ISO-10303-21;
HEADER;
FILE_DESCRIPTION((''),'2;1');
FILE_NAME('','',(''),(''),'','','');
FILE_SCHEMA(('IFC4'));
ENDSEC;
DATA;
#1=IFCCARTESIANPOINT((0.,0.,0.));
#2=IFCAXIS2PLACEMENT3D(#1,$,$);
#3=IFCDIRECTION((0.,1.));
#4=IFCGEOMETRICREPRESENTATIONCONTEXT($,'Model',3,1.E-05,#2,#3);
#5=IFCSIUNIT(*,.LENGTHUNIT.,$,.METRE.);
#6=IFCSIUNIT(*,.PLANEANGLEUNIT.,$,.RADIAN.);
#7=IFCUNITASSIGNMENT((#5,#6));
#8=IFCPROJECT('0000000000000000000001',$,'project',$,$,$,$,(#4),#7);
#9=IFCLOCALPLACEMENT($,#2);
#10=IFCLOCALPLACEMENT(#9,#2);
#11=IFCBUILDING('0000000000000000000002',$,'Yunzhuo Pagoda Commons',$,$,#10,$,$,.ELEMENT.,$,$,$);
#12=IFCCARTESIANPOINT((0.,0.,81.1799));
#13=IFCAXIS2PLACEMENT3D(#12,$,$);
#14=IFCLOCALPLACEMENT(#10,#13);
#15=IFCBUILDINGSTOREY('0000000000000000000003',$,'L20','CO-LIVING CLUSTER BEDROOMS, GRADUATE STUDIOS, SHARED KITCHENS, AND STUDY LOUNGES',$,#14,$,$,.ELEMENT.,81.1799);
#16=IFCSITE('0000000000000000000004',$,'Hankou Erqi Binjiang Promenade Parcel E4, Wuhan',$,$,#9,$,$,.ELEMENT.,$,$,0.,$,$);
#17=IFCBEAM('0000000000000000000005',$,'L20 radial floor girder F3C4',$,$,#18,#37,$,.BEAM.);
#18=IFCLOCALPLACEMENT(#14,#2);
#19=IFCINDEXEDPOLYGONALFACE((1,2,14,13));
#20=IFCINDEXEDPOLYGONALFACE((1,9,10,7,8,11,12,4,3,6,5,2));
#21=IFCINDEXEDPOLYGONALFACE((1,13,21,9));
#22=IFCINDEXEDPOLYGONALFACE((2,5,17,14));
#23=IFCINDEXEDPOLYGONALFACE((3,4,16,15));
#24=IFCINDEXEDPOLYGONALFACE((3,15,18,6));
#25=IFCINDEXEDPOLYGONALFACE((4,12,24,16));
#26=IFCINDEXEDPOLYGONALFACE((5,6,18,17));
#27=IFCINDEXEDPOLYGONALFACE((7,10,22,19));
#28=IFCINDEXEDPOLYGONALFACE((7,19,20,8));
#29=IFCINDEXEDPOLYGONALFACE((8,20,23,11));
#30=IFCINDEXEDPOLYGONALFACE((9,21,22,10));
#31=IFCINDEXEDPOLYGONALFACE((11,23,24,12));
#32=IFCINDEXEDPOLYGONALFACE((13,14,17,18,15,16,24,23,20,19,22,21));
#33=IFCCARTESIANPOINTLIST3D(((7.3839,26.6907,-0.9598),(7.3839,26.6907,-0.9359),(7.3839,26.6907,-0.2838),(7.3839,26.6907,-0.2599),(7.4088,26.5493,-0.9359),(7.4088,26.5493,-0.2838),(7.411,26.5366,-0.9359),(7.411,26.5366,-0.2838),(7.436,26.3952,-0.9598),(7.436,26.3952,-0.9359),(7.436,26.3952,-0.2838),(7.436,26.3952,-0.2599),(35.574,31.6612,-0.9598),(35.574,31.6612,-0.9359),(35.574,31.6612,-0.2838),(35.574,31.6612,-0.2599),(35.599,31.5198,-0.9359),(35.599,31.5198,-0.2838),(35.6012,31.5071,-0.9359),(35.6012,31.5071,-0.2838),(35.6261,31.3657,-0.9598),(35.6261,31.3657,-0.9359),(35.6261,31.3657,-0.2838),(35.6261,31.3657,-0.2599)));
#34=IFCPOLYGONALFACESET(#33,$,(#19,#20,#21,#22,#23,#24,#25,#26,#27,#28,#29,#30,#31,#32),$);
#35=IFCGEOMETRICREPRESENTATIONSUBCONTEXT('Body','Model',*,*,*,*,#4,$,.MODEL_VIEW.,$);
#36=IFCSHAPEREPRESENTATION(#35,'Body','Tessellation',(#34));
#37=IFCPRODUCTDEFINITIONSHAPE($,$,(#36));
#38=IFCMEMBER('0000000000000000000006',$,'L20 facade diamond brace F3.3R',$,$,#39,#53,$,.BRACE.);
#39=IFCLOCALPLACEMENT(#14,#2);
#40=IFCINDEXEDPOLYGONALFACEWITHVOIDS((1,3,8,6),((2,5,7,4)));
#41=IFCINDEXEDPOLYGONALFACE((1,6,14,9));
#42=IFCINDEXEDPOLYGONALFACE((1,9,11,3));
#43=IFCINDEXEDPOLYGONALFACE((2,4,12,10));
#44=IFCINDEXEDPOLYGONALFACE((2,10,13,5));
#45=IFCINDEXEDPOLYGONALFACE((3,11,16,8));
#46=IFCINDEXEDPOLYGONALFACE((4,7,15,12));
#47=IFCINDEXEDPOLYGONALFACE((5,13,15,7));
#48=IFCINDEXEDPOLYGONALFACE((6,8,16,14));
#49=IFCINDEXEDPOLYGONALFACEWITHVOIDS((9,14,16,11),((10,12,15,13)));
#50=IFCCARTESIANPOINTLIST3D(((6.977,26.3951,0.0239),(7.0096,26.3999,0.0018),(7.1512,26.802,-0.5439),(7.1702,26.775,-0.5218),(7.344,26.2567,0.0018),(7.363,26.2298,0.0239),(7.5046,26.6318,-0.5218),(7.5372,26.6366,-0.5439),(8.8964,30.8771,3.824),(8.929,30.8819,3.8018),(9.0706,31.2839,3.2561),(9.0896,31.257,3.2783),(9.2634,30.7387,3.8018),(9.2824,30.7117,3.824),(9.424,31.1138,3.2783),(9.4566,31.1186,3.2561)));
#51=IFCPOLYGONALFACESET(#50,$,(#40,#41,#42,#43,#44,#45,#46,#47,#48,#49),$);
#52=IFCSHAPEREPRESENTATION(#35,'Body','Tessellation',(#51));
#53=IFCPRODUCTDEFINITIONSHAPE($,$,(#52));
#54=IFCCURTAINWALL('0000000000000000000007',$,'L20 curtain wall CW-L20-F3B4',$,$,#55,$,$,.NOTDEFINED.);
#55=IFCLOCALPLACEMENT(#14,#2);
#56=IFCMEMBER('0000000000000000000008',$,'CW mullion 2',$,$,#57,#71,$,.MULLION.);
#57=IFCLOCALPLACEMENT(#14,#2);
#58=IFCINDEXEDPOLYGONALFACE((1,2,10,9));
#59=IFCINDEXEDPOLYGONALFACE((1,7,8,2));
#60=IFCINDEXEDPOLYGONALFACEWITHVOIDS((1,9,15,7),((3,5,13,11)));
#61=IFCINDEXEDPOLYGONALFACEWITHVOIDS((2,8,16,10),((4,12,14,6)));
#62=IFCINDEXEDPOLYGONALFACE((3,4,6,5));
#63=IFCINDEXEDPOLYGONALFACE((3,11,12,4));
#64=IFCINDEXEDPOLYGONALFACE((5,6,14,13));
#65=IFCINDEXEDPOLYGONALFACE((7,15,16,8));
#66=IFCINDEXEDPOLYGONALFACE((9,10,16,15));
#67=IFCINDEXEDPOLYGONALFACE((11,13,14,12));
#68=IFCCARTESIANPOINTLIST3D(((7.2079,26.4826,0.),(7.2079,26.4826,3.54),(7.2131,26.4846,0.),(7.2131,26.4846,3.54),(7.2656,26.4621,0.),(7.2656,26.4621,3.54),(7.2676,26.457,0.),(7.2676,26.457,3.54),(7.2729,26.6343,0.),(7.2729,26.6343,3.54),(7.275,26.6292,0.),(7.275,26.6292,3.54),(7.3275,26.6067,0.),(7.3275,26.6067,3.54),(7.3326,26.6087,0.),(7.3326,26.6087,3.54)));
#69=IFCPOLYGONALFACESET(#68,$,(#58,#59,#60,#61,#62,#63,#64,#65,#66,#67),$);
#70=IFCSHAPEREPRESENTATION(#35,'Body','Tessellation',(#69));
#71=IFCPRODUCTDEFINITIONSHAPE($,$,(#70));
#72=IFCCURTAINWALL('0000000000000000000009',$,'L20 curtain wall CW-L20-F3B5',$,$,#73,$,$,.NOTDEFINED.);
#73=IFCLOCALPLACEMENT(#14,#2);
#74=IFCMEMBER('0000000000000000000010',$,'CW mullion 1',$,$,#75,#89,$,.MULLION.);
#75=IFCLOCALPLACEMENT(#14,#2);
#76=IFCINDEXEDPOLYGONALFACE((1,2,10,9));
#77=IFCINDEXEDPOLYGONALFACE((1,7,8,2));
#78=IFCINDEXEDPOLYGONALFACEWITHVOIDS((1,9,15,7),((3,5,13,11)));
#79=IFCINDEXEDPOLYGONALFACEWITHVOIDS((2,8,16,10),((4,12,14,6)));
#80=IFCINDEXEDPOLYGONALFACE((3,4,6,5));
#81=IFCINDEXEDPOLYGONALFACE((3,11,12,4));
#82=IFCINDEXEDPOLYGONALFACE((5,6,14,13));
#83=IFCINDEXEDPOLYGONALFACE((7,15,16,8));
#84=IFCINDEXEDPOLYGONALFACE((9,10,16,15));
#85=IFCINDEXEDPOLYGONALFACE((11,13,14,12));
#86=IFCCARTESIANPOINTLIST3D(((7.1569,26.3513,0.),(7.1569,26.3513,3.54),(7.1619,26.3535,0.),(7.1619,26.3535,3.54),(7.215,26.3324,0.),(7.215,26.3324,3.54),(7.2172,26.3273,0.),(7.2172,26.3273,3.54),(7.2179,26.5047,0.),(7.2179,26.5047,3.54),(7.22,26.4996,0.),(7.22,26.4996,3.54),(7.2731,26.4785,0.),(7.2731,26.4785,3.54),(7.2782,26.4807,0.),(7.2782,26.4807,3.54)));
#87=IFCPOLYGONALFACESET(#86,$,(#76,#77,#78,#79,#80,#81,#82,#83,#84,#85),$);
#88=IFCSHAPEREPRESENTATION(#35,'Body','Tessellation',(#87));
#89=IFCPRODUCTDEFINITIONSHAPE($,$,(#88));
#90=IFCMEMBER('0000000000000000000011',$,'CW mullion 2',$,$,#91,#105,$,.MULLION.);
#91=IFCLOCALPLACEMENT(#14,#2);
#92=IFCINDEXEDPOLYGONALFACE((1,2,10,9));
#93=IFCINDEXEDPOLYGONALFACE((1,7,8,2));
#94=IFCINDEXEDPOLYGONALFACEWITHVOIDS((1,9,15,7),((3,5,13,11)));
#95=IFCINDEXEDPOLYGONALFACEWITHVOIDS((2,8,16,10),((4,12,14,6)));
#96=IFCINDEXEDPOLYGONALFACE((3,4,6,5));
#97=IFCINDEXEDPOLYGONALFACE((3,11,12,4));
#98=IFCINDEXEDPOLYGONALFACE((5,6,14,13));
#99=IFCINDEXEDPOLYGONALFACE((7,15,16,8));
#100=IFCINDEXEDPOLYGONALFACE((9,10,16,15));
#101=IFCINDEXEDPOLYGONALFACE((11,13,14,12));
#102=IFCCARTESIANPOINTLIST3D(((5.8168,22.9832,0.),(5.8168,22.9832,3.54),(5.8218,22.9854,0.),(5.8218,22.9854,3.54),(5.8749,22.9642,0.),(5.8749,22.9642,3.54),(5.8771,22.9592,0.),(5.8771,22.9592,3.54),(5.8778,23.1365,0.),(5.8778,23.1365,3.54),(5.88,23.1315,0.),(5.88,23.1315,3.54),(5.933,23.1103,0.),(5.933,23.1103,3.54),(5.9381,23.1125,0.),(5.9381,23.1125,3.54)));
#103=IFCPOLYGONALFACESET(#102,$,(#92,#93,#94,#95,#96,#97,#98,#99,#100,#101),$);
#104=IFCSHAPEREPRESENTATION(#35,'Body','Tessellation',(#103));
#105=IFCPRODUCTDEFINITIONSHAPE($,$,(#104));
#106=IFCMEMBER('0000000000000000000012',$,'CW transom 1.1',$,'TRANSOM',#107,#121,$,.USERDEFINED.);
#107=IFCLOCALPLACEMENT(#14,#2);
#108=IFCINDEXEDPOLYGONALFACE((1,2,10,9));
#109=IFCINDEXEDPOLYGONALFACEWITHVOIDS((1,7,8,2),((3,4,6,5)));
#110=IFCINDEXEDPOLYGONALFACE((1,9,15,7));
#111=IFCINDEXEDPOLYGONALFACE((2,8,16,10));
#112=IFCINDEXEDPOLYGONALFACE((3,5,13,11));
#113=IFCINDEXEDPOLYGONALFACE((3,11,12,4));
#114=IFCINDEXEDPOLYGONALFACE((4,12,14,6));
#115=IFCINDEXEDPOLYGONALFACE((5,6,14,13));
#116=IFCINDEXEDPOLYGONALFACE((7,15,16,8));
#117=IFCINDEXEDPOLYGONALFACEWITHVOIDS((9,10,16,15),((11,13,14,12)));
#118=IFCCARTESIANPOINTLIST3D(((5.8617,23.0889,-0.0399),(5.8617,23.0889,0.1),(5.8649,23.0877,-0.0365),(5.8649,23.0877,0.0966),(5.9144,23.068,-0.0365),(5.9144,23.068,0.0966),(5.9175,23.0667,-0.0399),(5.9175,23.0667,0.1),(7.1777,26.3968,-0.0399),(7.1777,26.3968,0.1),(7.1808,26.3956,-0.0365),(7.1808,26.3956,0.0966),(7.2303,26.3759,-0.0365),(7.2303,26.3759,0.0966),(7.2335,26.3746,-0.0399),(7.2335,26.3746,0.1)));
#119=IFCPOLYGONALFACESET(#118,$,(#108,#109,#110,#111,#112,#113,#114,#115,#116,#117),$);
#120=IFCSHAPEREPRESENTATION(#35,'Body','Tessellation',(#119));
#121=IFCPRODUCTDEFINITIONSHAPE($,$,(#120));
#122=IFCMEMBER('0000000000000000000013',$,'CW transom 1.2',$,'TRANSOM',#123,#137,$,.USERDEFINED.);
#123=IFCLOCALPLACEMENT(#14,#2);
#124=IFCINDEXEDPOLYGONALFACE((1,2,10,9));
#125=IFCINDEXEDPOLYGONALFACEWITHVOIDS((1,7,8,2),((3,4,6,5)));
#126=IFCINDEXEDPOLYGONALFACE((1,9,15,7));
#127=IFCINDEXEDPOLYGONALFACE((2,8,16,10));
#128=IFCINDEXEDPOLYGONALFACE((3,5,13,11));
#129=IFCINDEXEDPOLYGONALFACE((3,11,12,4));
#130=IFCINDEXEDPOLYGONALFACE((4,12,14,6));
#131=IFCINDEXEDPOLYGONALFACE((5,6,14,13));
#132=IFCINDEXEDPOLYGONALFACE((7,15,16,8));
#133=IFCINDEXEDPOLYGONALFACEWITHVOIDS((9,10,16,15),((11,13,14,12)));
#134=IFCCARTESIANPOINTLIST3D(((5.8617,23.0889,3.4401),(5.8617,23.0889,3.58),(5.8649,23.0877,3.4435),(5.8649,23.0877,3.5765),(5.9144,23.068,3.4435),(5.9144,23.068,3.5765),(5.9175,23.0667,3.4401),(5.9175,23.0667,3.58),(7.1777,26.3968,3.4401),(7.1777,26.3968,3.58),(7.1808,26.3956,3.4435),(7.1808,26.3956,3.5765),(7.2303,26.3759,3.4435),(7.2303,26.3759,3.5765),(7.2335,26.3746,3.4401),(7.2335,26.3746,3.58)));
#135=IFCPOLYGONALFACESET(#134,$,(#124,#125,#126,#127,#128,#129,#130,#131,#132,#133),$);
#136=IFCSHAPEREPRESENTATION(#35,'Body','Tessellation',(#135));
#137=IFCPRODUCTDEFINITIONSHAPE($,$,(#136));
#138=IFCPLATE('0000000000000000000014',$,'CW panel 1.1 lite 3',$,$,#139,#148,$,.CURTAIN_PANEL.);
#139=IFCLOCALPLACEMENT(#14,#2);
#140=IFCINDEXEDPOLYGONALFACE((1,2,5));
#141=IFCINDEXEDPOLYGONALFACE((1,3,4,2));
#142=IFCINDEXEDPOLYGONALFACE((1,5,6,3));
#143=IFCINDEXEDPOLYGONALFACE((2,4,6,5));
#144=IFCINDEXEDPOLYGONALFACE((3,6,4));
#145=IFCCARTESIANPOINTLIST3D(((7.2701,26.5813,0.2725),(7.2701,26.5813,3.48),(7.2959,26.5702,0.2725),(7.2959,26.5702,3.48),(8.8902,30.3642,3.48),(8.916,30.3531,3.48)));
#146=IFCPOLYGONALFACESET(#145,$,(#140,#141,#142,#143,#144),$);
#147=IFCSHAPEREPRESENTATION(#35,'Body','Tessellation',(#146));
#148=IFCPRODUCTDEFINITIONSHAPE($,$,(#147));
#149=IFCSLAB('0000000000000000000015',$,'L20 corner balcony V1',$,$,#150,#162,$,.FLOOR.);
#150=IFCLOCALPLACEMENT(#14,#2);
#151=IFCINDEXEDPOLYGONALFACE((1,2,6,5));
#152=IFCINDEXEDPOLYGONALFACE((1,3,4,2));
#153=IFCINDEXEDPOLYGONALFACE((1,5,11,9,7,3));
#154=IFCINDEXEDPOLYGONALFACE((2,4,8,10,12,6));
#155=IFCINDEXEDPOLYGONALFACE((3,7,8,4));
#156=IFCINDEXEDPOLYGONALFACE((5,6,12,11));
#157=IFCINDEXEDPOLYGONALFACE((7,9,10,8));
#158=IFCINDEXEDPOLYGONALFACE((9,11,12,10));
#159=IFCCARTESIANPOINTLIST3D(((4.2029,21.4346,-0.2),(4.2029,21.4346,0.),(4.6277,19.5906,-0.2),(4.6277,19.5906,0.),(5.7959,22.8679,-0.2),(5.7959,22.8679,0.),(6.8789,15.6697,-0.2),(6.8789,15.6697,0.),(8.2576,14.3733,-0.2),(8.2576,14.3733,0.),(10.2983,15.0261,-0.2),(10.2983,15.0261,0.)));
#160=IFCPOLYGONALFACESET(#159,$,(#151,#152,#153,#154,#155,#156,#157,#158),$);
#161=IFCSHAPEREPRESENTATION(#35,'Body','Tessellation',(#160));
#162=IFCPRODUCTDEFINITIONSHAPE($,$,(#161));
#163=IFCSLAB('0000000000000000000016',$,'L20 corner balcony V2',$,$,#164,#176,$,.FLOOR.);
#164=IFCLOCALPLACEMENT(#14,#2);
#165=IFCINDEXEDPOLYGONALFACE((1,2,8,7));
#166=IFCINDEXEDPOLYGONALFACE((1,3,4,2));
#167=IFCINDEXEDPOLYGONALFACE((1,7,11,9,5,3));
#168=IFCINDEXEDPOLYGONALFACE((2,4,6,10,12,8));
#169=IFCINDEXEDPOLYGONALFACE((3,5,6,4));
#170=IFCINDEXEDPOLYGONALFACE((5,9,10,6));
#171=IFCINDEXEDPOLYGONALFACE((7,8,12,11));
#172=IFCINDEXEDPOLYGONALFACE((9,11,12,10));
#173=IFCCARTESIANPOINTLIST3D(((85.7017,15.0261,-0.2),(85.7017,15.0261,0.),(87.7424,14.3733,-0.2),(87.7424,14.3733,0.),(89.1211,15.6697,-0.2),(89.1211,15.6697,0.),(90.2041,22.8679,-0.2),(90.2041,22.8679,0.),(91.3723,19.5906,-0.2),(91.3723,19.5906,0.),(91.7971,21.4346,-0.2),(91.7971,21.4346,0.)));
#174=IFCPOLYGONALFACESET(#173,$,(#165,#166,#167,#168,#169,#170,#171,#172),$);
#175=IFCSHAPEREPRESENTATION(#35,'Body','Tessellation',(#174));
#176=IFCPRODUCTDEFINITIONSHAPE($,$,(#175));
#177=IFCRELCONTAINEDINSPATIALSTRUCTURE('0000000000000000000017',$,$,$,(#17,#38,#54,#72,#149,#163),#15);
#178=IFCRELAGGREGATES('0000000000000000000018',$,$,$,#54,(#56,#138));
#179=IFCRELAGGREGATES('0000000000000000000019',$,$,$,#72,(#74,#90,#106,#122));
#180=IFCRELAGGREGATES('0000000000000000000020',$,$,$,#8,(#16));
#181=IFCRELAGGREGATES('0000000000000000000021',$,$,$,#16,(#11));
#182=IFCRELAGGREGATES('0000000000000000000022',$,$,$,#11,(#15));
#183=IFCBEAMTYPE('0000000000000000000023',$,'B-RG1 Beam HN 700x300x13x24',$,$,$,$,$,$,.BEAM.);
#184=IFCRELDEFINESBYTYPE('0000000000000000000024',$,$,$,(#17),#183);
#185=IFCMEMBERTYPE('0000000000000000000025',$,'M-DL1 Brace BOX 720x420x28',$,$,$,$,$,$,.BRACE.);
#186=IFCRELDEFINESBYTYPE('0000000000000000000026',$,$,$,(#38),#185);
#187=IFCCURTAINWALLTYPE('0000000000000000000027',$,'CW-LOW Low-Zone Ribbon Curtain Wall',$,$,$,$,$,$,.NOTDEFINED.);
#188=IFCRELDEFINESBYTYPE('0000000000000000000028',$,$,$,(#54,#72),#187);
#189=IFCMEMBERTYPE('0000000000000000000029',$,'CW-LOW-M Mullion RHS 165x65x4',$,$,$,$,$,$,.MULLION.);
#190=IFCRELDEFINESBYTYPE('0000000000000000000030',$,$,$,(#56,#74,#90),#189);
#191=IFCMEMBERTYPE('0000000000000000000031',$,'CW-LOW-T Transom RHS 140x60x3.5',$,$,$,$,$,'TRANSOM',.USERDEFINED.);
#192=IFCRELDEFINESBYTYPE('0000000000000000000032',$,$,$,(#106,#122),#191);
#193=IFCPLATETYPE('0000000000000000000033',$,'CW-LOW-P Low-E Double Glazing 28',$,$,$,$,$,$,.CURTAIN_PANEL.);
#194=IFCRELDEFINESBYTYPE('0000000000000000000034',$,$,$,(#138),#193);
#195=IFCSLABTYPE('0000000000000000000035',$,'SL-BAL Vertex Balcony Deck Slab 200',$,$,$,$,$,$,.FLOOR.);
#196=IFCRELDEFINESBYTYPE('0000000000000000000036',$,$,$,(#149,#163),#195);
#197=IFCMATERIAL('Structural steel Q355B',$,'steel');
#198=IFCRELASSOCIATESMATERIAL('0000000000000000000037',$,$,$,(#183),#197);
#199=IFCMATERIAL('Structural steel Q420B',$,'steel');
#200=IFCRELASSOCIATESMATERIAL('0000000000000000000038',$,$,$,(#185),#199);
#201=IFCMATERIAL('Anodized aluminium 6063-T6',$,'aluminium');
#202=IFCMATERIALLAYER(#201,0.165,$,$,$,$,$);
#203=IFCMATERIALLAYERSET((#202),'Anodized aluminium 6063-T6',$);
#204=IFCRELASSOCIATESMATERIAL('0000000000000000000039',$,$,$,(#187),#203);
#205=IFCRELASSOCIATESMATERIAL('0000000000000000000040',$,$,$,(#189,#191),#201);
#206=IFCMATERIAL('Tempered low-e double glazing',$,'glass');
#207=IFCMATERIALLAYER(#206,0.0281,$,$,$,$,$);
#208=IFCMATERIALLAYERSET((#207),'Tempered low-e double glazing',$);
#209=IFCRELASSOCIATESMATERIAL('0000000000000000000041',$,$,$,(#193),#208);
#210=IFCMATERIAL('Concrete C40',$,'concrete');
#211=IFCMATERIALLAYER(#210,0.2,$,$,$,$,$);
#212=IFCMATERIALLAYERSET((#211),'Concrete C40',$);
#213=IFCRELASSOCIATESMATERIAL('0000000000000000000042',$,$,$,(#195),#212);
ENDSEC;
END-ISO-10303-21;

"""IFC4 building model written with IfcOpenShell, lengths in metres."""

from ifc_helpers import new_model, si_unit, direction, frame, origin, origin_2d, place, context, subcontext, project, spatial, polyline, hollow_rectangle, i_section, outline, extrude, source, transform, mapped, material, layer, layer_set, material_profile, profile_set, type_object, element, aggregate, save


model = new_model("IFC4")

# Units and contexts
model_context = context("Model", 3, precision=1e-05, world=origin(), true_north=direction((0.0, 1.0)))
body_context = subcontext(model_context, "Body", "Model", "MODEL_VIEW")
ifc_project = project(units=[si_unit("LENGTHUNIT", "METRE"), si_unit("PLANEANGLEUNIT", "RADIAN")], contexts=[model_context])

# Site, building, storey
site_placement = place(None, origin())
site = spatial("IfcSite", under=ifc_project, at=site_placement, Name="Hankou Erqi Binjiang Promenade Parcel E4, Wuhan", CompositionType="ELEMENT", RefElevation=0.0)
building_placement = place(site_placement, origin())
building = spatial("IfcBuilding", under=site, at=building_placement, Name="Yunzhuo Pagoda Commons", CompositionType="ELEMENT")
storey_placement = place(building_placement, frame((0.0, 0.0, 81.1799)))
storey = spatial("IfcBuildingStorey", under=building, at=storey_placement, Name="L20", Description="CO-LIVING CLUSTER BEDROOMS, GRADUATE STUDIOS, SHARED KITCHENS, AND STUDY LOUNGES", CompositionType="ELEMENT", Elevation=81.1799)

# Beam
ifc_material_1 = material(Name="Structural steel Q355B", Category="steel")
ifc_material_profile_1 = material_profile(ifc_material_1, i_section(OverallWidth=0.3, OverallDepth=0.7, WebThickness=0.0129, FlangeThickness=0.0239, at=origin_2d()), Name="Structural steel Q355B")
ifc_profile_set_1 = profile_set([ifc_material_profile_1], Name="Structural steel Q355B")
beam_type = type_object("IfcBeamType", Name="B-RG1 Beam HN 700x300x13x24", PredefinedType="BEAM", material=ifc_profile_set_1)
shared_shape_1 = source(origin(), body_context, "Body", "SweptSolid", [
    extrude(i_section(OverallWidth=0.3, OverallDepth=0.7, WebThickness=0.0129, FlangeThickness=0.0239, at=origin_2d()), origin(), (0.0, 0.0, 1.0), 28.625),
])
beam_placement = place(storey_placement, frame((7.4099, 26.543, -0.6099), z_axis=(0.984809, 0.17364, 0.0), x_axis=(-0.17364, 0.984809, 0.0)))
element("IfcBeam", 1, at=beam_placement, inside=storey, type_object=beam_type, Name="L20 radial floor girder F3C4", PredefinedType="BEAM", context=body_context, shape_type="MappedRepresentation", body=[
    mapped(shared_shape_1, transform((0.0, 0.0, 0.0), scale=1.0)),
])

# Member
ifc_material_2 = material(Name="Structural steel Q420B", Category="steel")
ifc_material_profile_2 = material_profile(ifc_material_2, hollow_rectangle(XDim=0.4199, YDim=0.72, WallThickness=0.0281, at=origin_2d()), Name="Structural steel Q420B")
ifc_profile_set_2 = profile_set([ifc_material_profile_2], Name="Structural steel Q420B")
member_type_1 = type_object("IfcMemberType", Name="M-DL1 Brace BOX 720x420x28", PredefinedType="BRACE", material=ifc_profile_set_2)
shared_shape_2 = source(origin(), body_context, "Body", "SweptSolid", [
    extrude(hollow_rectangle(XDim=0.4199, YDim=0.72, WallThickness=0.0281, at=origin_2d()), origin(), (0.0, 0.0, 1.0), 6.1816),
])
member_1_placement = place(storey_placement, frame((7.2571, 26.5159, -0.26), z_axis=(0.310507, 0.725043, 0.614734), x_axis=(-0.919249, 0.393678, 0.0)))
element("IfcMember", 2, at=member_1_placement, inside=storey, type_object=member_type_1, Name="L20 facade diamond brace F3.3R", PredefinedType="BRACE", context=body_context, shape_type="MappedRepresentation", body=[
    mapped(shared_shape_2, transform((0.0, 0.0, 0.0), scale=1.0)),
])

# Curtain wall, member
ifc_material_3 = material(Name="Anodized aluminium 6063-T6", Category="aluminium")
ifc_layer_1 = layer(ifc_material_3, 0.165)
ifc_layer_set_1 = layer_set([ifc_layer_1], Name="Anodized aluminium 6063-T6")
curtain_wall_type = type_object("IfcCurtainWallType", Name="CW-LOW Low-Zone Ribbon Curtain Wall", PredefinedType="NOTDEFINED", material=ifc_layer_set_1)
curtain_wall_1_placement = place(storey_placement, origin())
curtain_wall_1 = element("IfcCurtainWall", 3, at=curtain_wall_1_placement, inside=storey, type_object=curtain_wall_type, Name="L20 curtain wall CW-L20-F3B4", PredefinedType="NOTDEFINED")
ifc_material_profile_3 = material_profile(ifc_material_3, hollow_rectangle(XDim=0.0649, YDim=0.165, WallThickness=0.0039, at=origin_2d()), Name="Anodized aluminium 6063-T6")
ifc_profile_set_3 = profile_set([ifc_material_profile_3], Name="Anodized aluminium 6063-T6")
member_type_2 = type_object("IfcMemberType", Name="CW-LOW-M Mullion RHS 165x65x4", PredefinedType="MULLION", material=ifc_profile_set_3)
shared_shape_3 = source(origin(), body_context, "Body", "SweptSolid", [
    extrude(hollow_rectangle(XDim=0.0649, YDim=0.165, WallThickness=0.0039, at=origin_2d()), origin(), (0.0, 0.0, 1.0), 3.54),
])
member_2_placement = place(storey_placement, frame((7.2703, 26.5457, 0.0), z_axis=(0.0, 0.0, 1.0), x_axis=(0.91925, -0.393674, 0.0)))
member_2 = element("IfcMember", 4, at=member_2_placement, type_object=member_type_2, Name="CW mullion 2", PredefinedType="MULLION", context=body_context, shape_type="MappedRepresentation", body=[
    mapped(shared_shape_3, transform((0.0, 0.0, 0.0), scale=1.0)),
])

# Curtain wall, members
curtain_wall_2_placement = place(storey_placement, origin())
curtain_wall_2 = element("IfcCurtainWall", 5, at=curtain_wall_2_placement, inside=storey, type_object=curtain_wall_type, Name="L20 curtain wall CW-L20-F3B5", PredefinedType="NOTDEFINED")
member_3_placement = place(storey_placement, frame((7.2175, 26.416, 0.0), z_axis=(0.0, 0.0, 1.0), x_axis=(0.92917, -0.369652, 0.0)))
member_3 = element("IfcMember", 6, at=member_3_placement, type_object=member_type_2, Name="CW mullion 1", PredefinedType="MULLION", context=body_context, shape_type="MappedRepresentation", body=[
    mapped(shared_shape_3, transform((0.0, 0.0, 0.0), scale=1.0)),
])
member_4_placement = place(storey_placement, frame((5.8774, 23.0479, 0.0), z_axis=(0.0, 0.0, 1.0), x_axis=(0.92917, -0.369652, 0.0)))
member_4 = element("IfcMember", 7, at=member_4_placement, type_object=member_type_2, Name="CW mullion 2", PredefinedType="MULLION", context=body_context, shape_type="MappedRepresentation", body=[
    mapped(shared_shape_3, transform((0.0, 0.0, 0.0), scale=1.0)),
])
ifc_material_profile_4 = material_profile(ifc_material_3, hollow_rectangle(XDim=0.0601, YDim=0.1399, WallThickness=0.0034, at=origin_2d()), Name="Anodized aluminium 6063-T6")
ifc_profile_set_4 = profile_set([ifc_material_profile_4], Name="Anodized aluminium 6063-T6")
member_type_3 = type_object("IfcMemberType", Name="CW-LOW-T Transom RHS 140x60x3.5", ElementType="TRANSOM", PredefinedType="USERDEFINED", material=ifc_profile_set_4)
shared_shape_4 = source(origin(), body_context, "Body", "SweptSolid", [
    extrude(hollow_rectangle(XDim=0.0601, YDim=0.1399, WallThickness=0.0034, at=origin_2d()), origin(), (0.0, 0.0, 1.0), 3.5601),
])
member_5_placement = place(storey_placement, frame((7.2056, 26.3857, 0.03), z_axis=(-0.36964, -0.929175, 0.0), x_axis=(0.929175, -0.36964, 0.0)))
member_5 = element("IfcMember", 8, at=member_5_placement, type_object=member_type_3, Name="CW transom 1.1", ObjectType="TRANSOM", PredefinedType="USERDEFINED", context=body_context, shape_type="MappedRepresentation", body=[
    mapped(shared_shape_4, transform((0.0, 0.0, 0.0), scale=1.0)),
])
member_6_placement = place(storey_placement, frame((7.2056, 26.3857, 3.51), z_axis=(-0.36964, -0.929175, 0.0), x_axis=(0.929175, -0.36964, 0.0)))
member_6 = element("IfcMember", 9, at=member_6_placement, type_object=member_type_3, Name="CW transom 1.2", ObjectType="TRANSOM", PredefinedType="USERDEFINED", context=body_context, shape_type="MappedRepresentation", body=[
    mapped(shared_shape_4, transform((0.0, 0.0, 0.0), scale=1.0)),
])

# Plate
ifc_material_4 = material(Name="Tempered low-e double glazing", Category="glass")
ifc_layer_2 = layer(ifc_material_4, 0.0281)
ifc_layer_set_2 = layer_set([ifc_layer_2], Name="Tempered low-e double glazing")
plate_type_1 = type_object("IfcPlateType", Name="CW-LOW-P Low-E Double Glazing 28", PredefinedType="CURTAIN_PANEL", material=ifc_layer_set_2)
plate_1_placement = place(storey_placement, frame((8.106, 28.4617, 1.8762), z_axis=(-0.91925, 0.393674, 0.0), x_axis=(-0.393674, -0.91925, 0.0)))
plate_1 = element("IfcPlate", 10, at=plate_1_placement, type_object=plate_type_1, Name="CW panel 1.1 lite 3", PredefinedType="CURTAIN_PANEL", context=body_context, shape_type="SweptSolid", body=[
    extrude(outline(polyline([(-2.0576, 1.6038), (2.0576, -1.6038), (2.0576, 1.6038), (-2.0576, 1.6038)])), origin(), (0.0, 0.0, 1.0), 0.0281),
])
aggregate(curtain_wall_1, [member_2, plate_1])

# Slabs
ifc_material_5 = material(Name="Concrete C40", Category="concrete")
ifc_layer_3 = layer(ifc_material_5, 0.2)
ifc_layer_set_3 = layer_set([ifc_layer_3], Name="Concrete C40")
slab_type_1 = type_object("IfcSlabType", Name="SL-BAL Vertex Balcony Deck Slab 200", PredefinedType="FLOOR", material=ifc_layer_set_3)
slab_1_placement = place(storey_placement, frame((0.0, 0.0, -0.2)))
element("IfcSlab", 11, at=slab_1_placement, inside=storey, type_object=slab_type_1, Name="L20 corner balcony V1", PredefinedType="FLOOR", context=body_context, shape_type="SweptSolid", body=[
    extrude(outline(polyline([(5.7959, 22.8679), (10.2983, 15.0261), (8.2576, 14.3733), (6.8789, 15.6697), (4.6277, 19.5906), (4.2029, 21.4346), (5.7959, 22.8679)])), origin(), (0.0, 0.0, 1.0), 0.2),
])
slab_2_placement = place(storey_placement, frame((0.0, 0.0, -0.2)))
element("IfcSlab", 12, at=slab_2_placement, inside=storey, type_object=slab_type_1, Name="L20 corner balcony V2", PredefinedType="FLOOR", context=body_context, shape_type="SweptSolid", body=[
    extrude(outline(polyline([(85.7017, 15.0261), (90.2041, 22.8679), (91.7971, 21.4346), (91.3723, 19.5906), (89.1211, 15.6697), (87.7424, 14.3733), (85.7017, 15.0261)])), origin(), (0.0, 0.0, 1.0), 0.2),
])

aggregate(curtain_wall_2, [member_3, member_4, member_5, member_6])

save(model, "model.ifc")
